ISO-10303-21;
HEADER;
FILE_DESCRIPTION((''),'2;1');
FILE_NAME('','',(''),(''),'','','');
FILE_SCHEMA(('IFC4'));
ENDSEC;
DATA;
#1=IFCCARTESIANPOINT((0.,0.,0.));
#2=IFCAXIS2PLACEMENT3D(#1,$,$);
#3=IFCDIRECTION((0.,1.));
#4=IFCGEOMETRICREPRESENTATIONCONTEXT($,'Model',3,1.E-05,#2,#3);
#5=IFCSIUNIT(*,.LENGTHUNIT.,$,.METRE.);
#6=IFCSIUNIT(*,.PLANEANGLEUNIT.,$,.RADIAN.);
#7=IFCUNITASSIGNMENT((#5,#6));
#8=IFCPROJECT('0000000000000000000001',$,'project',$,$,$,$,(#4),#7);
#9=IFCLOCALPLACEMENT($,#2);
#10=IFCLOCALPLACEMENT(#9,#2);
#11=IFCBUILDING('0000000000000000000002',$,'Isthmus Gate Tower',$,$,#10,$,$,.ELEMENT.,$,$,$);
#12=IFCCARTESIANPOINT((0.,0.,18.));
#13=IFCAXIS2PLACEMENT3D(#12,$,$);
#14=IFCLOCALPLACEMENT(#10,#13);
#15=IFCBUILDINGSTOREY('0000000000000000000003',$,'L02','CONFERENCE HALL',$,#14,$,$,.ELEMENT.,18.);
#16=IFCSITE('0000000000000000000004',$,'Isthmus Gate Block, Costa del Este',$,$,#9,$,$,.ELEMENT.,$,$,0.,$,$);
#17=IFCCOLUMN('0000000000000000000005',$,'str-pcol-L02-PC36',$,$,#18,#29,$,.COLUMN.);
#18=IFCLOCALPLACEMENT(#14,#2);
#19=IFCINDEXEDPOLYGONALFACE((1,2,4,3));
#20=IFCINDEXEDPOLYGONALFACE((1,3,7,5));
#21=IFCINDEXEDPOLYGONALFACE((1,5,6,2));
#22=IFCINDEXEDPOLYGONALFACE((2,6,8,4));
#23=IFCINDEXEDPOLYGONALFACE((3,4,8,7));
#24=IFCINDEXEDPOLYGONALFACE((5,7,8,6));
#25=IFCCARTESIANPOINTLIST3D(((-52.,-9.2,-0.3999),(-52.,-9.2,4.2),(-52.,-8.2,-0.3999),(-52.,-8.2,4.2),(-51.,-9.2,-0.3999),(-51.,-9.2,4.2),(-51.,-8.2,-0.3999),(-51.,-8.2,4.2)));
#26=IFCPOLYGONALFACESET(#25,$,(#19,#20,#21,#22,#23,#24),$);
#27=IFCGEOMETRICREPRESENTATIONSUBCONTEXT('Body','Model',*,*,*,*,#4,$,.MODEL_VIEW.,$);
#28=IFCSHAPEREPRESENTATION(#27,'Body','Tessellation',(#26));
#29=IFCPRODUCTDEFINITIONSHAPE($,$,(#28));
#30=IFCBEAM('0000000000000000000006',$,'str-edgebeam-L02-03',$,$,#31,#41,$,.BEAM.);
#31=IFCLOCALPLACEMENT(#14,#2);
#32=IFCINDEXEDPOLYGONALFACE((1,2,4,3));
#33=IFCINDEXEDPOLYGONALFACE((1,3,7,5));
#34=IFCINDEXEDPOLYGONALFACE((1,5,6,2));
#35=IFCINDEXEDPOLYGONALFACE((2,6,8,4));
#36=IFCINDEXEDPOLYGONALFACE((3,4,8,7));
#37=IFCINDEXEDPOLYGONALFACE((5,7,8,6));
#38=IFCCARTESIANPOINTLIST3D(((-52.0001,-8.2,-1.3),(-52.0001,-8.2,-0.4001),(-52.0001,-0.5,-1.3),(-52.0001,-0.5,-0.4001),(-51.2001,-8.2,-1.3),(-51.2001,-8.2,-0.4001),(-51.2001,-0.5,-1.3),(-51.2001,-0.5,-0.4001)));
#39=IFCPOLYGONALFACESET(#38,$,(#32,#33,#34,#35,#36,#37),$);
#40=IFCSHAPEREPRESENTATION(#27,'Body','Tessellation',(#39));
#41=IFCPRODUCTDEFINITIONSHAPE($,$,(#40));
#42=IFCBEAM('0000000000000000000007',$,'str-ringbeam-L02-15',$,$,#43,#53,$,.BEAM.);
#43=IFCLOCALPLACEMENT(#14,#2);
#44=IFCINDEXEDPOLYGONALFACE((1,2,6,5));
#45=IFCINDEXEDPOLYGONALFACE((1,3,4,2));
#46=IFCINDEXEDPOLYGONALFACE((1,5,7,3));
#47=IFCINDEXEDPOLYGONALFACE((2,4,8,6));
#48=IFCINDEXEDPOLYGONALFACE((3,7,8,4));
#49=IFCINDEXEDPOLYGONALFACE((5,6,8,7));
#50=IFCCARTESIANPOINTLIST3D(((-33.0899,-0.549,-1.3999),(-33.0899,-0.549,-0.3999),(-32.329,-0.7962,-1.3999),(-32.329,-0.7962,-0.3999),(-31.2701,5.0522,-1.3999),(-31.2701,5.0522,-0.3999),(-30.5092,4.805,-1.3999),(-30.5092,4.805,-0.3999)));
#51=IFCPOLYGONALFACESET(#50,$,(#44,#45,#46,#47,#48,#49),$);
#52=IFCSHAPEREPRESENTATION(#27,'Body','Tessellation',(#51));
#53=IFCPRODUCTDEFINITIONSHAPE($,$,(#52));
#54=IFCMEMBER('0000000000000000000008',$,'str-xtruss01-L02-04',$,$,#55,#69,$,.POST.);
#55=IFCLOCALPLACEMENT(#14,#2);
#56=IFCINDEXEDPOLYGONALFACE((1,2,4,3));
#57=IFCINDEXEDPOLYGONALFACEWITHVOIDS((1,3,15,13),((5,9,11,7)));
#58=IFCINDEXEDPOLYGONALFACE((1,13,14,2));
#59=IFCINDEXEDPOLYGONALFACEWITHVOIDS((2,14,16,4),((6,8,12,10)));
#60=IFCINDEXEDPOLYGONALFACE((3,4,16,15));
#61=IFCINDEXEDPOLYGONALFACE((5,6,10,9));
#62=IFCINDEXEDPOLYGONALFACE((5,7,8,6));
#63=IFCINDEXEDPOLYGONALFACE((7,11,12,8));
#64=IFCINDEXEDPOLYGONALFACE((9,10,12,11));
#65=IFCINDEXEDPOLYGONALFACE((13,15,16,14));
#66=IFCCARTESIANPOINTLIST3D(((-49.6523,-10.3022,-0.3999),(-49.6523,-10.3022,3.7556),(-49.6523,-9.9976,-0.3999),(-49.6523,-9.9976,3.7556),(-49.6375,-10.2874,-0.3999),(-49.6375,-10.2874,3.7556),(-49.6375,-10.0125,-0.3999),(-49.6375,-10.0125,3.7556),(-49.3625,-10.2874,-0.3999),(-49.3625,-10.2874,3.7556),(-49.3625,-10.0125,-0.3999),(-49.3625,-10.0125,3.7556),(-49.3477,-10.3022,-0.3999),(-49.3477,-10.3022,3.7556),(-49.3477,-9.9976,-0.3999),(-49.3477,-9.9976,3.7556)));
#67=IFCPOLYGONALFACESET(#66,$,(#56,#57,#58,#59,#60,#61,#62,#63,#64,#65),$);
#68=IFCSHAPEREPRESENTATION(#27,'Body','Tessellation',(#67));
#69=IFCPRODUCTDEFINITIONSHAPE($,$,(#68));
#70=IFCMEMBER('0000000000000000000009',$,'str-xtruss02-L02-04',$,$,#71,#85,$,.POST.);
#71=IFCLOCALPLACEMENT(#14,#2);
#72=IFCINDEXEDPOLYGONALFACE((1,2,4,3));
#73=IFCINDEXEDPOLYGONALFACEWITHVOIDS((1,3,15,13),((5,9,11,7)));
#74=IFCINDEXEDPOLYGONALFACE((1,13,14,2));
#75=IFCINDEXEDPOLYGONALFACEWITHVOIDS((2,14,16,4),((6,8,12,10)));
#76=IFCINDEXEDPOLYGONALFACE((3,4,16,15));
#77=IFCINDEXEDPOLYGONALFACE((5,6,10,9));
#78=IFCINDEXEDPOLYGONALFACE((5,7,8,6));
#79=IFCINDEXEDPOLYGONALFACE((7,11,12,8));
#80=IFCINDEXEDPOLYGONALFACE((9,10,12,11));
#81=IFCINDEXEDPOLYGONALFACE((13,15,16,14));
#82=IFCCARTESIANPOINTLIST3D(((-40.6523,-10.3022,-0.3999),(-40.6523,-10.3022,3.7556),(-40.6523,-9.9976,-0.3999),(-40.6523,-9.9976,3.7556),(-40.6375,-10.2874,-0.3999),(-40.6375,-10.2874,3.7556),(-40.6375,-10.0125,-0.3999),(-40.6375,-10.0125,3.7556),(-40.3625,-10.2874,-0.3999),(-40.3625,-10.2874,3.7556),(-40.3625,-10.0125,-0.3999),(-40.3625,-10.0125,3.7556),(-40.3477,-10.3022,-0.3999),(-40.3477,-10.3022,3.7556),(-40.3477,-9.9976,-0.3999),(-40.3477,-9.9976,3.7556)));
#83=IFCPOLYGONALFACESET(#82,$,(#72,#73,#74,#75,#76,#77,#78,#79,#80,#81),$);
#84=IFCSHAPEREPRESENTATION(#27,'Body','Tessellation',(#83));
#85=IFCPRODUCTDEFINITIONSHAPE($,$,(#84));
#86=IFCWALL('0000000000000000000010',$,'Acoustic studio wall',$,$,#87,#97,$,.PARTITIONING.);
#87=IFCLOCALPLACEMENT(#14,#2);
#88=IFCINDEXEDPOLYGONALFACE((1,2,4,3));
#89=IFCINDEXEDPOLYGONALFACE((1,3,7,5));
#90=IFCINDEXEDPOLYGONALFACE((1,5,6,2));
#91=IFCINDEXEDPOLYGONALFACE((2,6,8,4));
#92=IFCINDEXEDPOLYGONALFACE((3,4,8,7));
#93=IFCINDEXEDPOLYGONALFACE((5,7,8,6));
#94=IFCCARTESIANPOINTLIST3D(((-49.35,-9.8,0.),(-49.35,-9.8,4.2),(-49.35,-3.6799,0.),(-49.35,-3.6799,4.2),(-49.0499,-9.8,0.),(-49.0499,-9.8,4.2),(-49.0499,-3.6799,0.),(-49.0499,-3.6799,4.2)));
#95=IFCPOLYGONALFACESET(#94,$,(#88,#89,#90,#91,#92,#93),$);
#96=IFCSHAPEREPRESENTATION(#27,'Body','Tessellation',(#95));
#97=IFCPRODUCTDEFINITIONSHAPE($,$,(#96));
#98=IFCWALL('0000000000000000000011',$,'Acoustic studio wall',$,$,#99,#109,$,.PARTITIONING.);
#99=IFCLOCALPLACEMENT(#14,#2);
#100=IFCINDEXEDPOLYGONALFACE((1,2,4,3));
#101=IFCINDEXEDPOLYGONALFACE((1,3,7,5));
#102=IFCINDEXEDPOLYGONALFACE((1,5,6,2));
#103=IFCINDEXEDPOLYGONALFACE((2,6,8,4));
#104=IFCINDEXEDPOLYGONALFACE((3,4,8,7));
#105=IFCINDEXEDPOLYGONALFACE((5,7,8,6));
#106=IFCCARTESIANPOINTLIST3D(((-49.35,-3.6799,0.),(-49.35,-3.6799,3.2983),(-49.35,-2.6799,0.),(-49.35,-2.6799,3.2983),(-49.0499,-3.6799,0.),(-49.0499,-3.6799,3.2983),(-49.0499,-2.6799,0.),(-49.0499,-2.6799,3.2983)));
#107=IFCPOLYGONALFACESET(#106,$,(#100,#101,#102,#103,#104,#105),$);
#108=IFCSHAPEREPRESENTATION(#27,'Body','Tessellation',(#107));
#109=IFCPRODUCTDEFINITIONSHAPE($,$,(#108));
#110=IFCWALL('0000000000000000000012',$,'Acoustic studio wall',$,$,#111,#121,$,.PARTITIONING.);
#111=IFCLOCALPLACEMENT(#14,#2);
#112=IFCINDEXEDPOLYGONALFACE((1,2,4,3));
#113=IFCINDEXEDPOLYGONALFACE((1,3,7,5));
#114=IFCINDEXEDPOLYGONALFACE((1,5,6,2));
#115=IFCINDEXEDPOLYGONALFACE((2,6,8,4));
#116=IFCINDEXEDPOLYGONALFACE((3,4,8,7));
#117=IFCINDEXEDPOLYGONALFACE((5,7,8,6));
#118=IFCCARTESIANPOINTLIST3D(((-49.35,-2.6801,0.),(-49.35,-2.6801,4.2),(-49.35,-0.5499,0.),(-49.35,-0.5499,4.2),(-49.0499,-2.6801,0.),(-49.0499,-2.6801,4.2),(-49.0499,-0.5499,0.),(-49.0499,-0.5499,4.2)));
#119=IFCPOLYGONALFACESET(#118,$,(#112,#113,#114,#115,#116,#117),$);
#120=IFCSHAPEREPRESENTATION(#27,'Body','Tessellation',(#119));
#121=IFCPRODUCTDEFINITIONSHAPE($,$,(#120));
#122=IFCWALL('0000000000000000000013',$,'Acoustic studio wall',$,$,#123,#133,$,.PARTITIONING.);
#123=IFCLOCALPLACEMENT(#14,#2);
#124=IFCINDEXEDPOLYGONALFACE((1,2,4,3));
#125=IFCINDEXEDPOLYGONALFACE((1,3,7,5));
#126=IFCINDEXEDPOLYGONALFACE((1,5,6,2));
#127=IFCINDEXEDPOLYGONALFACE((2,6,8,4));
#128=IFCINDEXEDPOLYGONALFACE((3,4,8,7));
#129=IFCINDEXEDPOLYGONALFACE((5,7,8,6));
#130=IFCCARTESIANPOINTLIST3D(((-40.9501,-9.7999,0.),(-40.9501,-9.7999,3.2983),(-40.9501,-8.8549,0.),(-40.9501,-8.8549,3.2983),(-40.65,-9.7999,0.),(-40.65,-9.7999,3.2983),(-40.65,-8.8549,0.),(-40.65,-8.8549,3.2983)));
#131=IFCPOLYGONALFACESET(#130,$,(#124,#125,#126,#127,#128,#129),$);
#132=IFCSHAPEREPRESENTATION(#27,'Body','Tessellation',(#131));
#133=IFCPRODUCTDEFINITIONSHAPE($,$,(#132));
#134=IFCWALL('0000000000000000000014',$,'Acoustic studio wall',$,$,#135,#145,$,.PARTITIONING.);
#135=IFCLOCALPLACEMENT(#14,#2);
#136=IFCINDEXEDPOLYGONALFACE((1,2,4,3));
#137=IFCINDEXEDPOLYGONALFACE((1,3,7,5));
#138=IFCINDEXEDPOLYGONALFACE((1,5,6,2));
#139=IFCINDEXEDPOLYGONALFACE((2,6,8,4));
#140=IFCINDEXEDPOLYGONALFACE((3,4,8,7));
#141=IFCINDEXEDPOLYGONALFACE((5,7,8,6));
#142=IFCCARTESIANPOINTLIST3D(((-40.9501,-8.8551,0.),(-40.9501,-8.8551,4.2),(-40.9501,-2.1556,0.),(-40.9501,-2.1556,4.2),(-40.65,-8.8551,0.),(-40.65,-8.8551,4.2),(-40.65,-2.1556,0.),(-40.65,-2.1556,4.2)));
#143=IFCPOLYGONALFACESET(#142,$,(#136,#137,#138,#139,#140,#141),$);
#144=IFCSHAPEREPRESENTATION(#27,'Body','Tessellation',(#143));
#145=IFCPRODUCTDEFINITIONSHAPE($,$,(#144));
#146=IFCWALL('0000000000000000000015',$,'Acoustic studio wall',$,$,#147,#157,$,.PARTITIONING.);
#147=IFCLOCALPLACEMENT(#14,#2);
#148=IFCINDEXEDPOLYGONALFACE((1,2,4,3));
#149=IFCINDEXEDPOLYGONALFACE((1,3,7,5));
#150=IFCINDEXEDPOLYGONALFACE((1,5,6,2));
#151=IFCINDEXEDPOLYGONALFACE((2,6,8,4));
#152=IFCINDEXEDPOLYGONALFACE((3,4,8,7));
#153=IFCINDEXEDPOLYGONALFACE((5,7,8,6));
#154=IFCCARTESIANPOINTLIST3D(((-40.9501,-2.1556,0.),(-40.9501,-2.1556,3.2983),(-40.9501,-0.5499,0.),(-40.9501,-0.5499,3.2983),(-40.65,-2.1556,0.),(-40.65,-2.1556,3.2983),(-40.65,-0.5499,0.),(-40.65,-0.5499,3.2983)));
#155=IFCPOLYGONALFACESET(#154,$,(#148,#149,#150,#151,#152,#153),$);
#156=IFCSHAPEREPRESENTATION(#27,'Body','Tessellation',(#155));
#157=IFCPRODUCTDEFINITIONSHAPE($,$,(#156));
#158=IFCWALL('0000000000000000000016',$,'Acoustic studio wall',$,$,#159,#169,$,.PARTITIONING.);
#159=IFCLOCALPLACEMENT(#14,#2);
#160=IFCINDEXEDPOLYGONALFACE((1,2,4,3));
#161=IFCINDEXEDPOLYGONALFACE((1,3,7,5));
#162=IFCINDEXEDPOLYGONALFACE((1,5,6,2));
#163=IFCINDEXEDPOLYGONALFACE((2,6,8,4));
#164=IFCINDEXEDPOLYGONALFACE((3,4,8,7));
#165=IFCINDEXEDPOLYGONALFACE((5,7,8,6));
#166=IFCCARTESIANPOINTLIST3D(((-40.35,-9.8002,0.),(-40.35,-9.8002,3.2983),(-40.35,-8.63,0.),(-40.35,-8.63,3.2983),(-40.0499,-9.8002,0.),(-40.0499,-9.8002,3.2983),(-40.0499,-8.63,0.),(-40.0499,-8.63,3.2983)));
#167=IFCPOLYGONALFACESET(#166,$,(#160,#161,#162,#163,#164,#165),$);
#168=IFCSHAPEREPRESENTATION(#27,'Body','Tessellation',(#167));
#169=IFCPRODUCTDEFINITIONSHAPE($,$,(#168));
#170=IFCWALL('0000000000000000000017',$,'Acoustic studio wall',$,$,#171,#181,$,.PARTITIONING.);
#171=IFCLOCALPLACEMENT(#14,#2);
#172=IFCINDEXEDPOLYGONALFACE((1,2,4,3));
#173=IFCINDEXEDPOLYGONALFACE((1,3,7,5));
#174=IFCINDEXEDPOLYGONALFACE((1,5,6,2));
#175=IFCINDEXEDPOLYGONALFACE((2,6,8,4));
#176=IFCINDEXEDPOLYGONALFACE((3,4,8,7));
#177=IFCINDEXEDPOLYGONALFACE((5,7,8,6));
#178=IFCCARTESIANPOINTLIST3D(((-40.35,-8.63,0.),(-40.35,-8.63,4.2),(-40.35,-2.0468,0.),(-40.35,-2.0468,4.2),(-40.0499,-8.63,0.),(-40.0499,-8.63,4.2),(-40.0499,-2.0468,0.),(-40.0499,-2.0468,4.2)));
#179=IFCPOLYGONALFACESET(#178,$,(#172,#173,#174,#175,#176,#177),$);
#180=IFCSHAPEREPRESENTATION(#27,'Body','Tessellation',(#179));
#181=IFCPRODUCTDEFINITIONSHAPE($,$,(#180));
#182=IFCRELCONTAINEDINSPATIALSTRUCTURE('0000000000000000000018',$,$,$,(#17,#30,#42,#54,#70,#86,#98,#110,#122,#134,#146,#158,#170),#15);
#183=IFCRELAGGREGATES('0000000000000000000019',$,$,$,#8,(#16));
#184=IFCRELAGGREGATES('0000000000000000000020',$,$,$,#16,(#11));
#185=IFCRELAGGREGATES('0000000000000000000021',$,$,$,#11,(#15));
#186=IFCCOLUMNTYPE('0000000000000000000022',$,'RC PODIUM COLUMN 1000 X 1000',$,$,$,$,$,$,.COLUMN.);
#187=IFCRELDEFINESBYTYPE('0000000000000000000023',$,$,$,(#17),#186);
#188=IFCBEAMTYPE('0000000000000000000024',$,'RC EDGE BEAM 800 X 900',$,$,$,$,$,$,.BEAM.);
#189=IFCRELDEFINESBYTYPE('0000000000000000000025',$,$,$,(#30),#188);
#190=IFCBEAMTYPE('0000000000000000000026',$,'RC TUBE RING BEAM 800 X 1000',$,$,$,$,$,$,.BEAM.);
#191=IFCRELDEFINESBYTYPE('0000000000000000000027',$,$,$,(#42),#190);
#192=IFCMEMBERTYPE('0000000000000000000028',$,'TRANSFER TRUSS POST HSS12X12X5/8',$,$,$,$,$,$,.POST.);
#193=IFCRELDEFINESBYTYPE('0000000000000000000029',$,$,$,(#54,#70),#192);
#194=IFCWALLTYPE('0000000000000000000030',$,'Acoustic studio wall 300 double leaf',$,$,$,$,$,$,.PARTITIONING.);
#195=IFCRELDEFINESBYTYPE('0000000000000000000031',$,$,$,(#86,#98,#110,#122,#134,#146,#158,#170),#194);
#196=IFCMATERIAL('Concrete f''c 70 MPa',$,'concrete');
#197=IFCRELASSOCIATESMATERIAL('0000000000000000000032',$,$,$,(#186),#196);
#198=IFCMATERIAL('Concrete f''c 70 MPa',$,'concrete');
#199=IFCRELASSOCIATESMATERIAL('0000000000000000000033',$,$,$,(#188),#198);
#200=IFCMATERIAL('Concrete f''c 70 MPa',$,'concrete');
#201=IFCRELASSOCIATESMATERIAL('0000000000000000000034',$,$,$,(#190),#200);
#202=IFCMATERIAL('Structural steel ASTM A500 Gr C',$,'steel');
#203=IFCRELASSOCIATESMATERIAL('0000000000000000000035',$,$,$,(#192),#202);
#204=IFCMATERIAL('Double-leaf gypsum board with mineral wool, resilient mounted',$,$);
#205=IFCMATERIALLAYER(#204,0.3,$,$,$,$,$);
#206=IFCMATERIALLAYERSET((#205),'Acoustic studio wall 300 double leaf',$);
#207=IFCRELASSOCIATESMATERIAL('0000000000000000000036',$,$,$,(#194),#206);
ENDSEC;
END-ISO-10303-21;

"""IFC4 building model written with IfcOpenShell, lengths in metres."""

from ifc_helpers import new_model, si_unit, direction, frame, frame_2d, origin, origin_2d, place, context, subcontext, project, spatial, rectangle, hollow_rectangle, extrude, material, layer, layer_set, material_profile, profile_set, type_object, element, save


model = new_model("IFC4")

# Units and contexts
model_context = context("Model", 3, precision=1e-05, world=origin(), true_north=direction((0.0, 1.0)))
body_context = subcontext(model_context, "Body", "Model", "MODEL_VIEW")
ifc_project = project(units=[si_unit("LENGTHUNIT", "METRE"), si_unit("PLANEANGLEUNIT", "RADIAN")], contexts=[model_context])

# Site, building, storey
site_placement = place(None, origin())
site = spatial("IfcSite", under=ifc_project, at=site_placement, Name="Isthmus Gate Block, Costa del Este", CompositionType="ELEMENT", RefElevation=0.0)
building_placement = place(site_placement, origin())
building = spatial("IfcBuilding", under=site, at=building_placement, Name="Isthmus Gate Tower", CompositionType="ELEMENT")
storey_placement = place(building_placement, frame((0.0, 0.0, 18.0)))
storey = spatial("IfcBuildingStorey", under=building, at=storey_placement, Name="L02", Description="CONFERENCE HALL", CompositionType="ELEMENT", Elevation=18.0)

# Column
ifc_material_1 = material(Name="Concrete f'c 70 MPa", Category="concrete")
ifc_material_profile_1 = material_profile(ifc_material_1, rectangle(XDim=1.0, YDim=1.0, at=origin_2d()), Name="RC 1000X1000")
ifc_profile_set_1 = profile_set([ifc_material_profile_1], Name="Concrete f'c 70 MPa")
column_type = type_object("IfcColumnType", Name="RC PODIUM COLUMN 1000 X 1000", PredefinedType="COLUMN", material=ifc_profile_set_1)
column_placement = place(storey_placement, frame((-51.5, -8.7, -0.3999), z_axis=(0.0, 0.0, 1.0), x_axis=(0.0, 1.0, 0.0)))
element("IfcColumn", 1, at=column_placement, inside=storey, type_object=column_type, Name="str-pcol-L02-PC36", PredefinedType="COLUMN", context=body_context, shape_type="SweptSolid", body=[
    extrude(rectangle(XDim=1.0, YDim=1.0, at=origin_2d()), origin(), (0.0, 0.0, 1.0), 4.5999),
])

# Beams
ifc_material_2 = material(Name="Concrete f'c 70 MPa", Category="concrete")
ifc_material_profile_2 = material_profile(ifc_material_2, rectangle(XDim=0.8, YDim=0.8999, at=origin_2d()), Name="RC 800X900")
ifc_profile_set_2 = profile_set([ifc_material_profile_2], Name="Concrete f'c 70 MPa")
beam_type_1 = type_object("IfcBeamType", Name="RC EDGE BEAM 800 X 900", PredefinedType="BEAM", material=ifc_profile_set_2)
beam_1_placement = place(storey_placement, frame((-51.6001, -8.2, -0.8501), z_axis=(0.0, 1.0, 0.0), x_axis=(-1.0, 0.0, 0.0)))
element("IfcBeam", 2, at=beam_1_placement, inside=storey, type_object=beam_type_1, Name="str-edgebeam-L02-03", PredefinedType="BEAM", context=body_context, shape_type="SweptSolid", body=[
    extrude(rectangle(XDim=0.8, YDim=0.8999, at=origin_2d()), origin(), (0.0, 0.0, 1.0), 7.7),
])
ifc_material_3 = material(Name="Concrete f'c 70 MPa", Category="concrete")
ifc_material_profile_3 = material_profile(ifc_material_3, rectangle(XDim=0.8, YDim=1.0, at=origin_2d()), Name="RC 800X1000")
ifc_profile_set_3 = profile_set([ifc_material_profile_3], Name="Concrete f'c 70 MPa")
beam_type_2 = type_object("IfcBeamType", Name="RC TUBE RING BEAM 800 X 1000", PredefinedType="BEAM", material=ifc_profile_set_3)
beam_2_placement = place(storey_placement, frame((-32.7095, -0.6726, -0.8999), z_axis=(0.309005, 0.95106, 0.0), x_axis=(-0.95106, 0.309005, 0.0)))
element("IfcBeam", 3, at=beam_2_placement, inside=storey, type_object=beam_type_2, Name="str-ringbeam-L02-15", PredefinedType="BEAM", context=body_context, shape_type="SweptSolid", body=[
    extrude(rectangle(XDim=0.8, YDim=1.0, at=origin_2d()), origin(), (0.0, 0.0, 1.0), 5.8894),
])

# Members
ifc_material_4 = material(Name="Structural steel ASTM A500 Gr C", Category="steel")
ifc_material_profile_4 = material_profile(ifc_material_4, hollow_rectangle(XDim=0.3047, YDim=0.3047, WallThickness=0.0149, at=origin_2d()), Name="HSS12X12X5/8")
ifc_profile_set_4 = profile_set([ifc_material_profile_4], Name="Structural steel ASTM A500 Gr C")
member_type = type_object("IfcMemberType", Name="TRANSFER TRUSS POST HSS12X12X5/8", PredefinedType="POST", material=ifc_profile_set_4)
for number, where, z_axis, x_axis, name in (
    (4, (-49.5, -10.1499, -0.3999), (0.0, 0.0, 1.0), (1.0, 0.0, 0.0), "str-xtruss01-L02-04"),
    (5, (-40.5, -10.1499, -0.3999), (0.0, 0.0, 1.0), (1.0, 0.0, 0.0), "str-xtruss02-L02-04"),
):
    element("IfcMember", number, at=place(storey_placement, frame(where, z_axis=z_axis, x_axis=x_axis)), inside=storey, type_object=member_type, Name=name, PredefinedType="POST", context=body_context, shape_type="SweptSolid", body=[
        extrude(hollow_rectangle(XDim=0.3047, YDim=0.3047, WallThickness=0.0149, at=origin_2d()), origin(), (0.0, 0.0, 1.0), 4.1555),
    ])

# Walls
ifc_material_5 = material(Name="Double-leaf gypsum board with mineral wool, resilient mounted")
ifc_layer_1 = layer(ifc_material_5, 0.3)
ifc_layer_set_1 = layer_set([ifc_layer_1], Name="Acoustic studio wall 300 double leaf")
wall_type_1 = type_object("IfcWallType", Name="Acoustic studio wall 300 double leaf", PredefinedType="PARTITIONING", material=ifc_layer_set_1)
wall_1_placement = place(storey_placement, frame((-49.2, -9.8, 0.0), z_axis=(0.0, 0.0, 1.0), x_axis=(0.0, 1.0, 0.0)))
element("IfcWall", 6, at=wall_1_placement, inside=storey, type_object=wall_type_1, Name="Acoustic studio wall", PredefinedType="PARTITIONING", context=body_context, shape_type="SweptSolid", body=[
    extrude(rectangle(XDim=6.1201, YDim=0.3, at=frame_2d((3.0601, 0.0))), origin(), (0.0, 0.0, 1.0), 4.2),
])
wall_2_placement = place(storey_placement, frame((-49.2, -3.6799, 0.0), z_axis=(0.0, 0.0, 1.0), x_axis=(0.0, 1.0, 0.0)))
element("IfcWall", 7, at=wall_2_placement, inside=storey, type_object=wall_type_1, Name="Acoustic studio wall", PredefinedType="PARTITIONING", context=body_context, shape_type="SweptSolid", body=[
    extrude(rectangle(XDim=1.0, YDim=0.3, at=frame_2d((0.5, 0.0))), origin(), (0.0, 0.0, 1.0), 3.2983),
])
wall_3_placement = place(storey_placement, frame((-49.2, -2.6799, 0.0), z_axis=(0.0, 0.0, 1.0), x_axis=(0.0, 1.0, 0.0)))
element("IfcWall", 8, at=wall_3_placement, inside=storey, type_object=wall_type_1, Name="Acoustic studio wall", PredefinedType="PARTITIONING", context=body_context, shape_type="SweptSolid", body=[
    extrude(rectangle(XDim=2.1301, YDim=0.3, at=frame_2d((1.0649, 0.0))), origin(), (0.0, 0.0, 1.0), 4.2),
])
wall_4_placement = place(storey_placement, frame((-40.8, -9.8, 0.0), z_axis=(0.0, 0.0, 1.0), x_axis=(0.0, 1.0, 0.0)))
element("IfcWall", 9, at=wall_4_placement, inside=storey, type_object=wall_type_1, Name="Acoustic studio wall", PredefinedType="PARTITIONING", context=body_context, shape_type="SweptSolid", body=[
    extrude(rectangle(XDim=0.9451, YDim=0.3, at=frame_2d((0.4727, 0.0))), origin(), (0.0, 0.0, 1.0), 3.2983),
])
wall_5_placement = place(storey_placement, frame((-40.8, -8.855, 0.0), z_axis=(0.0, 0.0, 1.0), x_axis=(0.0, 1.0, 0.0)))
element("IfcWall", 10, at=wall_5_placement, inside=storey, type_object=wall_type_1, Name="Acoustic studio wall", PredefinedType="PARTITIONING", context=body_context, shape_type="SweptSolid", body=[
    extrude(rectangle(XDim=6.6995, YDim=0.3, at=frame_2d((3.3496, 0.0))), origin(), (0.0, 0.0, 1.0), 4.2),
])
wall_6_placement = place(storey_placement, frame((-40.8, -2.1555, 0.0), z_axis=(0.0, 0.0, 1.0), x_axis=(0.0, 1.0, 0.0)))
element("IfcWall", 11, at=wall_6_placement, inside=storey, type_object=wall_type_1, Name="Acoustic studio wall", PredefinedType="PARTITIONING", context=body_context, shape_type="SweptSolid", body=[
    extrude(rectangle(XDim=1.6057, YDim=0.3, at=frame_2d((0.8027, 0.0))), origin(), (0.0, 0.0, 1.0), 3.2983),
])
wall_7_placement = place(storey_placement, frame((-40.2, -9.8, 0.0), z_axis=(0.0, 0.0, 1.0), x_axis=(0.0, 1.0, 0.0)))
element("IfcWall", 12, at=wall_7_placement, inside=storey, type_object=wall_type_1, Name="Acoustic studio wall", PredefinedType="PARTITIONING", context=body_context, shape_type="SweptSolid", body=[
    extrude(rectangle(XDim=1.1702, YDim=0.3, at=frame_2d((0.585, 0.0))), origin(), (0.0, 0.0, 1.0), 3.2983),
])
wall_8_placement = place(storey_placement, frame((-40.2, -8.6299, 0.0), z_axis=(0.0, 0.0, 1.0), x_axis=(0.0, 1.0, 0.0)))
element("IfcWall", 13, at=wall_8_placement, inside=storey, type_object=wall_type_1, Name="Acoustic studio wall", PredefinedType="PARTITIONING", context=body_context, shape_type="SweptSolid", body=[
    extrude(rectangle(XDim=6.5833, YDim=0.3, at=frame_2d((3.2915, 0.0))), origin(), (0.0, 0.0, 1.0), 4.2),
])

save(model, "model.ifc")
